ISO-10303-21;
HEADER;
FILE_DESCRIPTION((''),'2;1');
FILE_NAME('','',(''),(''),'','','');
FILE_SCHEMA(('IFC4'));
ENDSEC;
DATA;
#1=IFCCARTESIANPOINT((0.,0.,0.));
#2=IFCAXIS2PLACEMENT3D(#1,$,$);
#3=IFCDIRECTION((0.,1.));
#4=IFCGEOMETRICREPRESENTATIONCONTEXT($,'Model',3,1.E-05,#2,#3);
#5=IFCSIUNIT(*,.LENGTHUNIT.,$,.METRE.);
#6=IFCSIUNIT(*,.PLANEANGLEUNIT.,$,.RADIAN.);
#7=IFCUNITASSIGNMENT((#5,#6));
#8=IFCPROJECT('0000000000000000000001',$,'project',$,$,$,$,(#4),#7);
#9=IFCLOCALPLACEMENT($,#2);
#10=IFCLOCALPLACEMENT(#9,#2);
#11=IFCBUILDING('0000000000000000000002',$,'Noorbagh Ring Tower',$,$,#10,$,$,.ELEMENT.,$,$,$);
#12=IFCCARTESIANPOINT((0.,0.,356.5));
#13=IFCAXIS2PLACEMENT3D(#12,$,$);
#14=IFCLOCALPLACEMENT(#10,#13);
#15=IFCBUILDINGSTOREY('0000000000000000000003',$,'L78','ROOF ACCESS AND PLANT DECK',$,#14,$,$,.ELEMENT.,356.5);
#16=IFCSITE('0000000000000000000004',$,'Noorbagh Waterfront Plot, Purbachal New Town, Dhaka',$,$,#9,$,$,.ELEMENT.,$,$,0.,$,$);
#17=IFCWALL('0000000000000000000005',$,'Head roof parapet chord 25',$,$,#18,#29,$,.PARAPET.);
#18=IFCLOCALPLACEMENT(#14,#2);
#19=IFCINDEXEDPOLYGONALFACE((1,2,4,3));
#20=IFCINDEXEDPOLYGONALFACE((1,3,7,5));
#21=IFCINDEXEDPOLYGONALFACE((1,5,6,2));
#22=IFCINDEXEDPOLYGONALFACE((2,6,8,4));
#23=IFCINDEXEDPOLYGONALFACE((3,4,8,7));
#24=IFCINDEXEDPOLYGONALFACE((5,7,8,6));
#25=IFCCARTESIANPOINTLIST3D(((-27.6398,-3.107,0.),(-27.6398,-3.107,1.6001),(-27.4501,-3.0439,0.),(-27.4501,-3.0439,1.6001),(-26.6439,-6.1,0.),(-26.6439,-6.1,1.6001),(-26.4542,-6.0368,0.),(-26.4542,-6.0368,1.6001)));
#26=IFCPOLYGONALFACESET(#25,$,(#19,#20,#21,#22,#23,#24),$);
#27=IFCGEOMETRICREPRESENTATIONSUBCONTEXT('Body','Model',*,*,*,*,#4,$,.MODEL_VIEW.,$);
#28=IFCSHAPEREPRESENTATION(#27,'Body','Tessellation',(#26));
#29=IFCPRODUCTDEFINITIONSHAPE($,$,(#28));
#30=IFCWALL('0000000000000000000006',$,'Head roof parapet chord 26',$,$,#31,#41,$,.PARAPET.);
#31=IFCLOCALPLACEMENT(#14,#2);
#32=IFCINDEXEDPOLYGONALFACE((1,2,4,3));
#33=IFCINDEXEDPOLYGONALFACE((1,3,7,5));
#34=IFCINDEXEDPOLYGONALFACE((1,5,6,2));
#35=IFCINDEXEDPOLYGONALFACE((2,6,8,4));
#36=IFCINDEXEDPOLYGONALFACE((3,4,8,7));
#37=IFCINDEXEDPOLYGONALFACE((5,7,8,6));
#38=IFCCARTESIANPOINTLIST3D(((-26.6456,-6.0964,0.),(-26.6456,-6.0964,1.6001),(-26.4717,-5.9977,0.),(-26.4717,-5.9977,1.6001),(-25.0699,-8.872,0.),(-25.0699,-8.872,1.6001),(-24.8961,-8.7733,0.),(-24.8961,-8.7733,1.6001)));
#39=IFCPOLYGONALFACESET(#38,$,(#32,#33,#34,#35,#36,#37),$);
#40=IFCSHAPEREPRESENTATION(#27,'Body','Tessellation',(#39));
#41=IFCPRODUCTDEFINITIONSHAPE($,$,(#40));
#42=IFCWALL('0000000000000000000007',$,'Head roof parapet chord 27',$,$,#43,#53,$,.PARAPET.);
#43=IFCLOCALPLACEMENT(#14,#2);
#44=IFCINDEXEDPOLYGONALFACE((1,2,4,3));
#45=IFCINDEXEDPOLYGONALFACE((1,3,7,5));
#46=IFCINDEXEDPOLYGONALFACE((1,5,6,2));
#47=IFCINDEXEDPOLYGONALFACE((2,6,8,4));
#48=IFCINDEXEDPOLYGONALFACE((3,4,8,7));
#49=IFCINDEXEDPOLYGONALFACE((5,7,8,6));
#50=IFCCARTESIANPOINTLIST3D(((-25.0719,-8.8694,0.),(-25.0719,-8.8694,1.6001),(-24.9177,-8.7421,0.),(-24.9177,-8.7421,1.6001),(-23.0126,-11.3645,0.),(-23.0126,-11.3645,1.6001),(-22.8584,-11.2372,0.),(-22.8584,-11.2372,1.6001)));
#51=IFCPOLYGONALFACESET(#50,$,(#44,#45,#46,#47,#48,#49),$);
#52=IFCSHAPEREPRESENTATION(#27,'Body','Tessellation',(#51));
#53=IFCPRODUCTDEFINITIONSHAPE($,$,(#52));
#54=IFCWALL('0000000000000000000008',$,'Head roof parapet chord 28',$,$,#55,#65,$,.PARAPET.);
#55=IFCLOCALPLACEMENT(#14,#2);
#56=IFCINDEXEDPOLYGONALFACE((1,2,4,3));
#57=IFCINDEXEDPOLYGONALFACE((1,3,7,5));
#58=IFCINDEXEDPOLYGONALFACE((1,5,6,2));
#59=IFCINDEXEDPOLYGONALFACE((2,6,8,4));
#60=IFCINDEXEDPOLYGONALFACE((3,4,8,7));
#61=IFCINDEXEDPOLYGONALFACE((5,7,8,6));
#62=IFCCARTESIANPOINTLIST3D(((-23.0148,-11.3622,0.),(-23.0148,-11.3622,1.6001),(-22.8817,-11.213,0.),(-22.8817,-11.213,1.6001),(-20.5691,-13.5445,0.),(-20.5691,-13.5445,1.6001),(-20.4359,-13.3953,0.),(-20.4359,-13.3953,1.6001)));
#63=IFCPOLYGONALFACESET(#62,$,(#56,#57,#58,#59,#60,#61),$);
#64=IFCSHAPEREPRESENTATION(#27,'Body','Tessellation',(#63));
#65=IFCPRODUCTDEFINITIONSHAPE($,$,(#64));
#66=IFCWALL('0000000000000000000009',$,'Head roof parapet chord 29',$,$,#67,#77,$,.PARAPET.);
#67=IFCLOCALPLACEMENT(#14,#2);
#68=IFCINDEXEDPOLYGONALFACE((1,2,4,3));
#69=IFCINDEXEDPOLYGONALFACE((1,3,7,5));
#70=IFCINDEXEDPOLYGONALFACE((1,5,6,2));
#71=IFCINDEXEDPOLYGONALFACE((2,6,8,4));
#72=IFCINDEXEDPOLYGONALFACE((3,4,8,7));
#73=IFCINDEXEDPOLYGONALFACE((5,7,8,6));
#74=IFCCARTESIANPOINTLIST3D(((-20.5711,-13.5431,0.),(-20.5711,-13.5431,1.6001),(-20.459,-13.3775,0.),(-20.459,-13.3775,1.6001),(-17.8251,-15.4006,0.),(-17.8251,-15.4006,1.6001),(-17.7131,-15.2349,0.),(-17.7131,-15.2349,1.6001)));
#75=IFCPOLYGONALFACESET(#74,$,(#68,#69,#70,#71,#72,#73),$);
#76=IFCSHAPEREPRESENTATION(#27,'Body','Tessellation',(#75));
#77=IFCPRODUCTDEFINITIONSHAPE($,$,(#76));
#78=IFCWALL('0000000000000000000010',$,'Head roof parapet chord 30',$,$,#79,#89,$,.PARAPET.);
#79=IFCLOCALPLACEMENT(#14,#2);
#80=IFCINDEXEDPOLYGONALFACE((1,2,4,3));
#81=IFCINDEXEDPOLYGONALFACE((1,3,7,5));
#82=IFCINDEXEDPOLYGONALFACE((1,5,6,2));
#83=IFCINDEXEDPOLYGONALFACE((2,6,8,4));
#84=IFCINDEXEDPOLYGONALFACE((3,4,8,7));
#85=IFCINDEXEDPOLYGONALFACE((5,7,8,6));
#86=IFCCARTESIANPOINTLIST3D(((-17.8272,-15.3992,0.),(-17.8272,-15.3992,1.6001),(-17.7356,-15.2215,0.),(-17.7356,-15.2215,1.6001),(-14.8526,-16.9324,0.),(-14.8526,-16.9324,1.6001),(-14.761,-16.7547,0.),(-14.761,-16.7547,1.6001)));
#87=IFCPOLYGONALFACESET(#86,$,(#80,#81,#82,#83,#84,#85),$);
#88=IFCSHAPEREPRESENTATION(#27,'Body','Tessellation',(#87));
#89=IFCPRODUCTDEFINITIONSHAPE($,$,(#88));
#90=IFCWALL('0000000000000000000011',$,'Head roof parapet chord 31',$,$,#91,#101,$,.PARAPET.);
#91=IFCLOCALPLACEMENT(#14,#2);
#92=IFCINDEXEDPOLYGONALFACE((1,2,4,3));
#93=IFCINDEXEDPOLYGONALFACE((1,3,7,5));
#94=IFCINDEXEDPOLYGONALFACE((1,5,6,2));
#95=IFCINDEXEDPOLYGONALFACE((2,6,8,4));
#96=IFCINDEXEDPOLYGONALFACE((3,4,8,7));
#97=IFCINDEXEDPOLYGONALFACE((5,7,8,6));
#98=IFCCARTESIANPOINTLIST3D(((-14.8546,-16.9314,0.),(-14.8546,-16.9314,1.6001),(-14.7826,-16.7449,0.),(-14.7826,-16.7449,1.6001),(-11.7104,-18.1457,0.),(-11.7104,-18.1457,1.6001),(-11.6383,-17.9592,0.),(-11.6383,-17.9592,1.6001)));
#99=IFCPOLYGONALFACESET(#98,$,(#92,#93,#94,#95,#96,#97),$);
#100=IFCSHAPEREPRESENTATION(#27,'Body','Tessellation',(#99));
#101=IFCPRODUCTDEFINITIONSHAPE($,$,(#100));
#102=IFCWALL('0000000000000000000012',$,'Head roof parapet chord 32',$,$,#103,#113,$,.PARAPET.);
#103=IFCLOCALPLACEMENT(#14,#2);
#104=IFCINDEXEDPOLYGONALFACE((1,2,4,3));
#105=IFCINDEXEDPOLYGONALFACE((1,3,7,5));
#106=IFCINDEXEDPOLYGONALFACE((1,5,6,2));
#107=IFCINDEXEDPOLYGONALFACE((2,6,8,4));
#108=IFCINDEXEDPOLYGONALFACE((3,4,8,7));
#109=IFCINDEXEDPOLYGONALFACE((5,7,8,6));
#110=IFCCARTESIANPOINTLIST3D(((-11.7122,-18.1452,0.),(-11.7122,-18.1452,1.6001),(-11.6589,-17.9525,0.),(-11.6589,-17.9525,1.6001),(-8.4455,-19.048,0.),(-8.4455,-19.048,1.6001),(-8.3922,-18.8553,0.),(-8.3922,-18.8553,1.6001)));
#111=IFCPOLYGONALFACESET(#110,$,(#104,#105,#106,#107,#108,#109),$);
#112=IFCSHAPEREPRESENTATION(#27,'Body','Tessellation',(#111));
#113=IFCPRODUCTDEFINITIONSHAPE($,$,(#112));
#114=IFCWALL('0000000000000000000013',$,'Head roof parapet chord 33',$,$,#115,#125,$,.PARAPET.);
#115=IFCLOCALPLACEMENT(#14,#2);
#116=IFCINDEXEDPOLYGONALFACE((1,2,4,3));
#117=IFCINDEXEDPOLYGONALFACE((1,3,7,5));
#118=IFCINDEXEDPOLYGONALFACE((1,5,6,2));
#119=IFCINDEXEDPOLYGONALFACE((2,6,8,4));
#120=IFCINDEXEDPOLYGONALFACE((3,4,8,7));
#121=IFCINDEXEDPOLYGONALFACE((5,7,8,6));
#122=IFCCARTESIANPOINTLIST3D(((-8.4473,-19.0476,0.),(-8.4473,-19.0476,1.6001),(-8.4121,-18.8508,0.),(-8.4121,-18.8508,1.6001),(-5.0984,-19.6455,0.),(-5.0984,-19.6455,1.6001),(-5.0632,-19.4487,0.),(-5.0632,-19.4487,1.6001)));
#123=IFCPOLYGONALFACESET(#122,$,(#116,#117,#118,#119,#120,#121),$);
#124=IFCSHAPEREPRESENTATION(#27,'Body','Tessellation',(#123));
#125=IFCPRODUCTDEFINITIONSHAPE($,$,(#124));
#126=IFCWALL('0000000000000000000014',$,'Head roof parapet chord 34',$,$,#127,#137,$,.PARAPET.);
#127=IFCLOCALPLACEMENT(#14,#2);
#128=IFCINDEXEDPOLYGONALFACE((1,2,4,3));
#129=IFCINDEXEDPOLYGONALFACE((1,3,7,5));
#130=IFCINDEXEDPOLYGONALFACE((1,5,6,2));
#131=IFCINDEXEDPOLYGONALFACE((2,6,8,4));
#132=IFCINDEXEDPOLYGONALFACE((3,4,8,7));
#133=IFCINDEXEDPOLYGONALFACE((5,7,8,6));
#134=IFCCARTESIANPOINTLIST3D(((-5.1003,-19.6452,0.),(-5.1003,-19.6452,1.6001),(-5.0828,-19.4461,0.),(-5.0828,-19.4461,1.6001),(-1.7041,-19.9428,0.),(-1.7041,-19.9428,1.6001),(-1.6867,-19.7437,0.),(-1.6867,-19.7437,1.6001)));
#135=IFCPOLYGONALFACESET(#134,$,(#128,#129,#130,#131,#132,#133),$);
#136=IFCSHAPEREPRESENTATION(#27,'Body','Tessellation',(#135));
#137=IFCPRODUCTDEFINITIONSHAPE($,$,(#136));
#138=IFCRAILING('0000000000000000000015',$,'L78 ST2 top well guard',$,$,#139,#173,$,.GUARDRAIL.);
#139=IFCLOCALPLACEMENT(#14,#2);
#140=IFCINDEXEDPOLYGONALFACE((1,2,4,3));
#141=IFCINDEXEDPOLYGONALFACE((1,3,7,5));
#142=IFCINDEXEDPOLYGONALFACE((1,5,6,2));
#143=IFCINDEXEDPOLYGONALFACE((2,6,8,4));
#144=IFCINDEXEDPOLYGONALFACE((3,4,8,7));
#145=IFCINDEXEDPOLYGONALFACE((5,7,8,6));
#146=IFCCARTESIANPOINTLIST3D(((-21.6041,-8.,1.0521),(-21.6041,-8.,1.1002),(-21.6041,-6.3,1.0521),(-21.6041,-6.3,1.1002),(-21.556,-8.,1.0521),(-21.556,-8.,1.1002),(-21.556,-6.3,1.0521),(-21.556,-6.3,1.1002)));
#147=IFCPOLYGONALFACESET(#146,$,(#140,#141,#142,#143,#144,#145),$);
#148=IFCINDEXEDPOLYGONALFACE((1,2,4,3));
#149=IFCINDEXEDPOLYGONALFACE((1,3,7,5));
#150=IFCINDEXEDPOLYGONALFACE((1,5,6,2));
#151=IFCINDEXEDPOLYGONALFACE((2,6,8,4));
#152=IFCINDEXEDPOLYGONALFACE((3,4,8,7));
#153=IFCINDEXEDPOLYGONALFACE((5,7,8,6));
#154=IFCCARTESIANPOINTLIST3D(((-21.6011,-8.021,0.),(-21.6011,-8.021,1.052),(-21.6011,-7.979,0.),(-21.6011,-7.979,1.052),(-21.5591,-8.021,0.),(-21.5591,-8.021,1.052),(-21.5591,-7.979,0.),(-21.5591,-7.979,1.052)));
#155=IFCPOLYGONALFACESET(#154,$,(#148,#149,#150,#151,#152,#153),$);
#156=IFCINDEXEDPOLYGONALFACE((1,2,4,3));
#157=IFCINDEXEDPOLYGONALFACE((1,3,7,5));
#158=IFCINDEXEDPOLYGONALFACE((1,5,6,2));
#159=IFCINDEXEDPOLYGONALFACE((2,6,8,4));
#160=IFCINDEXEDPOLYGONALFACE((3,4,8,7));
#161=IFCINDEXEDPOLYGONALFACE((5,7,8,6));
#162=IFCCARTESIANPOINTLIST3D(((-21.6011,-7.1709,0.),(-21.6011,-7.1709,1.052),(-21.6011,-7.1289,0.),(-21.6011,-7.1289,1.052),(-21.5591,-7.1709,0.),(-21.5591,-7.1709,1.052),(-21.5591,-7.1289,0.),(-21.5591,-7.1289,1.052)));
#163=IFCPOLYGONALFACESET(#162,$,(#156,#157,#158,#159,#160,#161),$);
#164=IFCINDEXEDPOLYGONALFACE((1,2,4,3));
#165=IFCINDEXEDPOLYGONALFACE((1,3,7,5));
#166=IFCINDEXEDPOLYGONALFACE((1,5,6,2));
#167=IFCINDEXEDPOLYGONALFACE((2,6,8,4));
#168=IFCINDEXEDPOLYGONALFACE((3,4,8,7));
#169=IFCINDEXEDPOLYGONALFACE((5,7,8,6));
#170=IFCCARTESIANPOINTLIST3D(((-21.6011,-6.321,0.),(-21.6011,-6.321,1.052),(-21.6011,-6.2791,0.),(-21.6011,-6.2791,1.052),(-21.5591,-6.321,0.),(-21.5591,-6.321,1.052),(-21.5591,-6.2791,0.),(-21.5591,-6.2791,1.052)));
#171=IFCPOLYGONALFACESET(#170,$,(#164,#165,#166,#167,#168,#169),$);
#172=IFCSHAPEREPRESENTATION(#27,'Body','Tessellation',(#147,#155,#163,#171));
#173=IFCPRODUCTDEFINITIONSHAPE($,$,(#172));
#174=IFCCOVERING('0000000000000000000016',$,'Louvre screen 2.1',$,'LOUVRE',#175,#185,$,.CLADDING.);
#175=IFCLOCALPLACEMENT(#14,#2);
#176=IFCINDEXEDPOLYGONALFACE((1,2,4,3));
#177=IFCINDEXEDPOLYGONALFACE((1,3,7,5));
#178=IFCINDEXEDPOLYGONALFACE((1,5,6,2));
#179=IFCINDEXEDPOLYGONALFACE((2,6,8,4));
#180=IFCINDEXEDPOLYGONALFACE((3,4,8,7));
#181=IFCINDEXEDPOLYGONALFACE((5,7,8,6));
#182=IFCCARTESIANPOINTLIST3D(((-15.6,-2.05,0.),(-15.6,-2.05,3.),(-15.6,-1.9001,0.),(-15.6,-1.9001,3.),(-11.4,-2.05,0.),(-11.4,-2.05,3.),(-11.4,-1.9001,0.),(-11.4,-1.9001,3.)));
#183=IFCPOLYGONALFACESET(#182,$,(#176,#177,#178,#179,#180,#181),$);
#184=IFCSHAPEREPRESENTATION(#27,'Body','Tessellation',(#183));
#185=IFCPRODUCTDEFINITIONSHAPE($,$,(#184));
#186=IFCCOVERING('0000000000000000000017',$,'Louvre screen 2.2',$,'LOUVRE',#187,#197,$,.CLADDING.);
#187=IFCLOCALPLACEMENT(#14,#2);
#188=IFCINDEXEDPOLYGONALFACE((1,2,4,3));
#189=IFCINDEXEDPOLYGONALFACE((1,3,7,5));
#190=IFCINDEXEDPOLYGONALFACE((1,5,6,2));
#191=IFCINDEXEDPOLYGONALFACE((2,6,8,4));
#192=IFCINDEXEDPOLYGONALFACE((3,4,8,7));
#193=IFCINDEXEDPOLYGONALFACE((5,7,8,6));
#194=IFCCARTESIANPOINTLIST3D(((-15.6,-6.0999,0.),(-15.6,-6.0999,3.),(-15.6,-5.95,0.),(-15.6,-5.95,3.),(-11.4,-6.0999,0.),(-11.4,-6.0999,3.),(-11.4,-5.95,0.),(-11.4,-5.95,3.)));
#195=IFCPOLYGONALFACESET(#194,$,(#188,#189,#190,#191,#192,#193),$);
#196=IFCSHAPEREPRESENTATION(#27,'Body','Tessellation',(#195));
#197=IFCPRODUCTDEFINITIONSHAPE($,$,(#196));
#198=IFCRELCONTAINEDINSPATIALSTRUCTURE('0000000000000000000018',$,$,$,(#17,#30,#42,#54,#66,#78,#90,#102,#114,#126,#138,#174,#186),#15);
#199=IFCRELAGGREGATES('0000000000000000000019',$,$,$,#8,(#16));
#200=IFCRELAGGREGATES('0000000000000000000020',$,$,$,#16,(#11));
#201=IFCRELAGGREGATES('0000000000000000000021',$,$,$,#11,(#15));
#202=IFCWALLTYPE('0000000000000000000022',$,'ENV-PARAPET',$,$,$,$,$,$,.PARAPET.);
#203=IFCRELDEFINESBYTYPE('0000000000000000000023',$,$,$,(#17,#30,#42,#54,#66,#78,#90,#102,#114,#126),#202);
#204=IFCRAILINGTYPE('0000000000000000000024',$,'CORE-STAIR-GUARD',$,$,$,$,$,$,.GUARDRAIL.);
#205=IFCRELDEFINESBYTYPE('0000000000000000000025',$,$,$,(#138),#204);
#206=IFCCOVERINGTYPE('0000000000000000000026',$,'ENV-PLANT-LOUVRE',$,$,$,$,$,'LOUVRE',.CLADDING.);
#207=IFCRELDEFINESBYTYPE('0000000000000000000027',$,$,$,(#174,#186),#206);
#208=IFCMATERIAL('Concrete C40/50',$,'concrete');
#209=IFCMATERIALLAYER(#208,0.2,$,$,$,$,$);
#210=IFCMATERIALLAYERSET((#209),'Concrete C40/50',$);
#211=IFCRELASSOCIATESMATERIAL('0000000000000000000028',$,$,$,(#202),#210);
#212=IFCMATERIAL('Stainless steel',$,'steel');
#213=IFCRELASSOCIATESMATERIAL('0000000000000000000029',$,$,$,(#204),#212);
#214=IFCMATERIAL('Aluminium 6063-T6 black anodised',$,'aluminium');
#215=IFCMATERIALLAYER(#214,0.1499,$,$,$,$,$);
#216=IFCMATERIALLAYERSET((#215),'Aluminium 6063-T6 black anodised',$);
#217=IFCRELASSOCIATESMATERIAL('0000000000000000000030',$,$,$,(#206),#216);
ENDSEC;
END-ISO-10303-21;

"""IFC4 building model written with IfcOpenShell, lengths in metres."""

from ifc_helpers import new_model, si_unit, direction, frame, frame_2d, origin, origin_2d, place, context, subcontext, project, spatial, rectangle, extrude, material, layer, layer_set, type_object, element, save


model = new_model("IFC4")

# Units and contexts
model_context = context("Model", 3, precision=1e-05, world=origin(), true_north=direction((0.0, 1.0)))
body_context = subcontext(model_context, "Body", "Model", "MODEL_VIEW")
ifc_project = project(units=[si_unit("LENGTHUNIT", "METRE"), si_unit("PLANEANGLEUNIT", "RADIAN")], contexts=[model_context])

# Site, building, storey
site_placement = place(None, origin())
site = spatial("IfcSite", under=ifc_project, at=site_placement, Name="Noorbagh Waterfront Plot, Purbachal New Town, Dhaka", CompositionType="ELEMENT", RefElevation=0.0)
building_placement = place(site_placement, origin())
building = spatial("IfcBuilding", under=site, at=building_placement, Name="Noorbagh Ring Tower", CompositionType="ELEMENT")
storey_placement = place(building_placement, frame((0.0, 0.0, 356.5)))
storey = spatial("IfcBuildingStorey", under=building, at=storey_placement, Name="L78", Description="ROOF ACCESS AND PLANT DECK", CompositionType="ELEMENT", Elevation=356.5)

# Walls
ifc_material_1 = material(Name="Concrete C40/50", Category="concrete")
ifc_layer_1 = layer(ifc_material_1, 0.2)
ifc_layer_set_1 = layer_set([ifc_layer_1], Name="Concrete C40/50")
wall_type_1 = type_object("IfcWallType", Name="ENV-PARAPET", PredefinedType="PARAPET", material=ifc_layer_set_1)
wall_1_placement = place(storey_placement, frame((-27.5449, -3.0754, 0.0), z_axis=(0.0, 0.0, 1.0), x_axis=(0.315717, -0.948853, 0.0)))
element("IfcWall", 1, at=wall_1_placement, inside=storey, type_object=wall_type_1, Name="Head roof parapet chord 25", PredefinedType="PARAPET", context=body_context, shape_type="SweptSolid", body=[
    extrude(rectangle(XDim=3.1543, YDim=0.2, at=frame_2d((1.5771, 0.0))), origin(), (0.0, 0.0, 1.0), 1.6001),
])
wall_2_placement = place(storey_placement, frame((-26.5586, -6.0471, 0.0), z_axis=(0.0, 0.0, 1.0), x_axis=(0.493682, -0.869642, 0.0)))
element("IfcWall", 2, at=wall_2_placement, inside=storey, type_object=wall_type_1, Name="Head roof parapet chord 26", PredefinedType="PARAPET", context=body_context, shape_type="SweptSolid", body=[
    extrude(rectangle(XDim=3.1917, YDim=0.2, at=frame_2d((1.5957, 0.0))), origin(), (0.0, 0.0, 1.0), 1.6001),
])
wall_3_placement = place(storey_placement, frame((-24.9949, -8.8057, 0.0), z_axis=(0.0, 0.0, 1.0), x_axis=(0.63654, -0.771244, 0.0)))
element("IfcWall", 3, at=wall_3_placement, inside=storey, type_object=wall_type_1, Name="Head roof parapet chord 27", PredefinedType="PARAPET", context=body_context, shape_type="SweptSolid", body=[
    extrude(rectangle(XDim=3.2351, YDim=0.2, at=frame_2d((1.6177, 0.0))), origin(), (0.0, 0.0, 1.0), 1.6001),
])
wall_4_placement = place(storey_placement, frame((-22.9482, -11.2876, 0.0), z_axis=(0.0, 0.0, 1.0), x_axis=(0.746146, -0.665782, 0.0)))
element("IfcWall", 4, at=wall_4_placement, inside=storey, type_object=wall_type_1, Name="Head roof parapet chord 28", PredefinedType="PARAPET", context=body_context, shape_type="SweptSolid", body=[
    extrude(rectangle(XDim=3.2778, YDim=0.2, at=frame_2d((1.6389, 0.0))), origin(), (0.0, 0.0, 1.0), 1.6001),
])
wall_5_placement = place(storey_placement, frame((-20.5151, -13.4602, 0.0), z_axis=(0.0, 0.0, 1.0), x_axis=(0.828292, -0.560296, 0.0)))
element("IfcWall", 5, at=wall_5_placement, inside=storey, type_object=wall_type_1, Name="Head roof parapet chord 29", PredefinedType="PARAPET", context=body_context, shape_type="SweptSolid", body=[
    extrude(rectangle(XDim=3.3152, YDim=0.2, at=frame_2d((1.6577, 0.0))), origin(), (0.0, 0.0, 1.0), 1.6001),
])
wall_6_placement = place(storey_placement, frame((-17.7815, -15.3103, 0.0), z_axis=(0.0, 0.0, 1.0), x_axis=(0.888874, -0.458152, 0.0)))
element("IfcWall", 6, at=wall_6_placement, inside=storey, type_object=wall_type_1, Name="Head roof parapet chord 30", PredefinedType="PARAPET", context=body_context, shape_type="SweptSolid", body=[
    extrude(rectangle(XDim=3.3464, YDim=0.2, at=frame_2d((1.6733, 0.0))), origin(), (0.0, 0.0, 1.0), 1.6001),
])
wall_7_placement = place(storey_placement, frame((-14.8186, -16.8381, 0.0), z_axis=(0.0, 0.0, 1.0), x_axis=(0.932846, -0.360275, 0.0)))
element("IfcWall", 7, at=wall_7_placement, inside=storey, type_object=wall_type_1, Name="Head roof parapet chord 31", PredefinedType="PARAPET", context=body_context, shape_type="SweptSolid", body=[
    extrude(rectangle(XDim=3.3706, YDim=0.2, at=frame_2d((1.6853, 0.0))), origin(), (0.0, 0.0, 1.0), 1.6001),
])
wall_8_placement = place(storey_placement, frame((-11.6855, -18.0488, 0.0), z_axis=(0.0, 0.0, 1.0), x_axis=(0.963864, -0.266395, 0.0)))
element("IfcWall", 8, at=wall_8_placement, inside=storey, type_object=wall_type_1, Name="Head roof parapet chord 32", PredefinedType="PARAPET", context=body_context, shape_type="SweptSolid", body=[
    extrude(rectangle(XDim=3.3892, YDim=0.2, at=frame_2d((1.6946, 0.0))), origin(), (0.0, 0.0, 1.0), 1.6001),
])
wall_9_placement = place(storey_placement, frame((-8.4297, -18.9492, 0.0), z_axis=(0.0, 0.0, 1.0), x_axis=(0.984433, -0.175758, 0.0)))
element("IfcWall", 9, at=wall_9_placement, inside=storey, type_object=wall_type_1, Name="Head roof parapet chord 33", PredefinedType="PARAPET", context=body_context, shape_type="SweptSolid", body=[
    extrude(rectangle(XDim=3.4019, YDim=0.2, at=frame_2d((1.7009, 0.0))), origin(), (0.0, 0.0, 1.0), 1.6001),
])
wall_10_placement = place(storey_placement, frame((-5.0916, -19.5457, 0.0), z_axis=(0.0, 0.0, 1.0), x_axis=(0.996183, -0.087294, 0.0)))
element("IfcWall", 10, at=wall_10_placement, inside=storey, type_object=wall_type_1, Name="Head roof parapet chord 34", PredefinedType="PARAPET", context=body_context, shape_type="SweptSolid", body=[
    extrude(rectangle(XDim=3.4092, YDim=0.2, at=frame_2d((1.7046, 0.0))), origin(), (0.0, 0.0, 1.0), 1.6001),
])

# Railing
ifc_material_2 = material(Name="Stainless steel", Category="steel")
railing_type = type_object("IfcRailingType", Name="CORE-STAIR-GUARD", PredefinedType="GUARDRAIL", material=ifc_material_2)
railing_placement = place(storey_placement, frame((-21.5801, -8.0, 0.0)))
element("IfcRailing", 11, at=railing_placement, inside=storey, type_object=railing_type, Name="L78 ST2 top well guard", PredefinedType="GUARDRAIL", context=body_context, shape_type="SweptSolid", body=[
    extrude(rectangle(XDim=0.0481, YDim=0.0481, at=origin_2d()), frame((0.0, 0.0, 1.0762), z_axis=(0.0, 1.0, 0.0), x_axis=(-1.0, 0.0, 0.0)), (0.0, 0.0, 1.0), 1.7),
    extrude(rectangle(XDim=0.042, YDim=0.042, at=origin_2d()), origin(), (0.0, 0.0, 1.0), 1.052),
    extrude(rectangle(XDim=0.042, YDim=0.042, at=origin_2d()), frame((0.0, 0.8501, 0.0)), (0.0, 0.0, 1.0), 1.052),
    extrude(rectangle(XDim=0.042, YDim=0.042, at=origin_2d()), frame((0.0, 1.7, 0.0)), (0.0, 0.0, 1.0), 1.052),
])

# Coverings
ifc_material_3 = material(Name="Aluminium 6063-T6 black anodised", Category="aluminium")
ifc_layer_2 = layer(ifc_material_3, 0.1499)
ifc_layer_set_2 = layer_set([ifc_layer_2], Name="Aluminium 6063-T6 black anodised")
covering_type_1 = type_object("IfcCoveringType", Name="ENV-PLANT-LOUVRE", ElementType="LOUVRE", PredefinedType="CLADDING", material=ifc_layer_set_2)
for number, where, z_axis, x_axis, name in (
    (12, (-13.5, -1.9751, 0.0), (0.0, 0.0, 1.0), (1.0, 0.0, 0.0), "Louvre screen 2.1"),
    (13, (-13.5, -6.0249, 0.0), (0.0, 0.0, 1.0), (1.0, 0.0, 0.0), "Louvre screen 2.2"),
):
    element("IfcCovering", number, at=place(storey_placement, frame(where, z_axis=z_axis, x_axis=x_axis)), inside=storey, type_object=covering_type_1, Name=name, ObjectType="LOUVRE", PredefinedType="CLADDING", context=body_context, shape_type="SweptSolid", body=[
        extrude(rectangle(XDim=4.2, YDim=0.1499, at=origin_2d()), origin(), (0.0, 0.0, 1.0), 3.0),
    ])

save(model, "model.ifc")
